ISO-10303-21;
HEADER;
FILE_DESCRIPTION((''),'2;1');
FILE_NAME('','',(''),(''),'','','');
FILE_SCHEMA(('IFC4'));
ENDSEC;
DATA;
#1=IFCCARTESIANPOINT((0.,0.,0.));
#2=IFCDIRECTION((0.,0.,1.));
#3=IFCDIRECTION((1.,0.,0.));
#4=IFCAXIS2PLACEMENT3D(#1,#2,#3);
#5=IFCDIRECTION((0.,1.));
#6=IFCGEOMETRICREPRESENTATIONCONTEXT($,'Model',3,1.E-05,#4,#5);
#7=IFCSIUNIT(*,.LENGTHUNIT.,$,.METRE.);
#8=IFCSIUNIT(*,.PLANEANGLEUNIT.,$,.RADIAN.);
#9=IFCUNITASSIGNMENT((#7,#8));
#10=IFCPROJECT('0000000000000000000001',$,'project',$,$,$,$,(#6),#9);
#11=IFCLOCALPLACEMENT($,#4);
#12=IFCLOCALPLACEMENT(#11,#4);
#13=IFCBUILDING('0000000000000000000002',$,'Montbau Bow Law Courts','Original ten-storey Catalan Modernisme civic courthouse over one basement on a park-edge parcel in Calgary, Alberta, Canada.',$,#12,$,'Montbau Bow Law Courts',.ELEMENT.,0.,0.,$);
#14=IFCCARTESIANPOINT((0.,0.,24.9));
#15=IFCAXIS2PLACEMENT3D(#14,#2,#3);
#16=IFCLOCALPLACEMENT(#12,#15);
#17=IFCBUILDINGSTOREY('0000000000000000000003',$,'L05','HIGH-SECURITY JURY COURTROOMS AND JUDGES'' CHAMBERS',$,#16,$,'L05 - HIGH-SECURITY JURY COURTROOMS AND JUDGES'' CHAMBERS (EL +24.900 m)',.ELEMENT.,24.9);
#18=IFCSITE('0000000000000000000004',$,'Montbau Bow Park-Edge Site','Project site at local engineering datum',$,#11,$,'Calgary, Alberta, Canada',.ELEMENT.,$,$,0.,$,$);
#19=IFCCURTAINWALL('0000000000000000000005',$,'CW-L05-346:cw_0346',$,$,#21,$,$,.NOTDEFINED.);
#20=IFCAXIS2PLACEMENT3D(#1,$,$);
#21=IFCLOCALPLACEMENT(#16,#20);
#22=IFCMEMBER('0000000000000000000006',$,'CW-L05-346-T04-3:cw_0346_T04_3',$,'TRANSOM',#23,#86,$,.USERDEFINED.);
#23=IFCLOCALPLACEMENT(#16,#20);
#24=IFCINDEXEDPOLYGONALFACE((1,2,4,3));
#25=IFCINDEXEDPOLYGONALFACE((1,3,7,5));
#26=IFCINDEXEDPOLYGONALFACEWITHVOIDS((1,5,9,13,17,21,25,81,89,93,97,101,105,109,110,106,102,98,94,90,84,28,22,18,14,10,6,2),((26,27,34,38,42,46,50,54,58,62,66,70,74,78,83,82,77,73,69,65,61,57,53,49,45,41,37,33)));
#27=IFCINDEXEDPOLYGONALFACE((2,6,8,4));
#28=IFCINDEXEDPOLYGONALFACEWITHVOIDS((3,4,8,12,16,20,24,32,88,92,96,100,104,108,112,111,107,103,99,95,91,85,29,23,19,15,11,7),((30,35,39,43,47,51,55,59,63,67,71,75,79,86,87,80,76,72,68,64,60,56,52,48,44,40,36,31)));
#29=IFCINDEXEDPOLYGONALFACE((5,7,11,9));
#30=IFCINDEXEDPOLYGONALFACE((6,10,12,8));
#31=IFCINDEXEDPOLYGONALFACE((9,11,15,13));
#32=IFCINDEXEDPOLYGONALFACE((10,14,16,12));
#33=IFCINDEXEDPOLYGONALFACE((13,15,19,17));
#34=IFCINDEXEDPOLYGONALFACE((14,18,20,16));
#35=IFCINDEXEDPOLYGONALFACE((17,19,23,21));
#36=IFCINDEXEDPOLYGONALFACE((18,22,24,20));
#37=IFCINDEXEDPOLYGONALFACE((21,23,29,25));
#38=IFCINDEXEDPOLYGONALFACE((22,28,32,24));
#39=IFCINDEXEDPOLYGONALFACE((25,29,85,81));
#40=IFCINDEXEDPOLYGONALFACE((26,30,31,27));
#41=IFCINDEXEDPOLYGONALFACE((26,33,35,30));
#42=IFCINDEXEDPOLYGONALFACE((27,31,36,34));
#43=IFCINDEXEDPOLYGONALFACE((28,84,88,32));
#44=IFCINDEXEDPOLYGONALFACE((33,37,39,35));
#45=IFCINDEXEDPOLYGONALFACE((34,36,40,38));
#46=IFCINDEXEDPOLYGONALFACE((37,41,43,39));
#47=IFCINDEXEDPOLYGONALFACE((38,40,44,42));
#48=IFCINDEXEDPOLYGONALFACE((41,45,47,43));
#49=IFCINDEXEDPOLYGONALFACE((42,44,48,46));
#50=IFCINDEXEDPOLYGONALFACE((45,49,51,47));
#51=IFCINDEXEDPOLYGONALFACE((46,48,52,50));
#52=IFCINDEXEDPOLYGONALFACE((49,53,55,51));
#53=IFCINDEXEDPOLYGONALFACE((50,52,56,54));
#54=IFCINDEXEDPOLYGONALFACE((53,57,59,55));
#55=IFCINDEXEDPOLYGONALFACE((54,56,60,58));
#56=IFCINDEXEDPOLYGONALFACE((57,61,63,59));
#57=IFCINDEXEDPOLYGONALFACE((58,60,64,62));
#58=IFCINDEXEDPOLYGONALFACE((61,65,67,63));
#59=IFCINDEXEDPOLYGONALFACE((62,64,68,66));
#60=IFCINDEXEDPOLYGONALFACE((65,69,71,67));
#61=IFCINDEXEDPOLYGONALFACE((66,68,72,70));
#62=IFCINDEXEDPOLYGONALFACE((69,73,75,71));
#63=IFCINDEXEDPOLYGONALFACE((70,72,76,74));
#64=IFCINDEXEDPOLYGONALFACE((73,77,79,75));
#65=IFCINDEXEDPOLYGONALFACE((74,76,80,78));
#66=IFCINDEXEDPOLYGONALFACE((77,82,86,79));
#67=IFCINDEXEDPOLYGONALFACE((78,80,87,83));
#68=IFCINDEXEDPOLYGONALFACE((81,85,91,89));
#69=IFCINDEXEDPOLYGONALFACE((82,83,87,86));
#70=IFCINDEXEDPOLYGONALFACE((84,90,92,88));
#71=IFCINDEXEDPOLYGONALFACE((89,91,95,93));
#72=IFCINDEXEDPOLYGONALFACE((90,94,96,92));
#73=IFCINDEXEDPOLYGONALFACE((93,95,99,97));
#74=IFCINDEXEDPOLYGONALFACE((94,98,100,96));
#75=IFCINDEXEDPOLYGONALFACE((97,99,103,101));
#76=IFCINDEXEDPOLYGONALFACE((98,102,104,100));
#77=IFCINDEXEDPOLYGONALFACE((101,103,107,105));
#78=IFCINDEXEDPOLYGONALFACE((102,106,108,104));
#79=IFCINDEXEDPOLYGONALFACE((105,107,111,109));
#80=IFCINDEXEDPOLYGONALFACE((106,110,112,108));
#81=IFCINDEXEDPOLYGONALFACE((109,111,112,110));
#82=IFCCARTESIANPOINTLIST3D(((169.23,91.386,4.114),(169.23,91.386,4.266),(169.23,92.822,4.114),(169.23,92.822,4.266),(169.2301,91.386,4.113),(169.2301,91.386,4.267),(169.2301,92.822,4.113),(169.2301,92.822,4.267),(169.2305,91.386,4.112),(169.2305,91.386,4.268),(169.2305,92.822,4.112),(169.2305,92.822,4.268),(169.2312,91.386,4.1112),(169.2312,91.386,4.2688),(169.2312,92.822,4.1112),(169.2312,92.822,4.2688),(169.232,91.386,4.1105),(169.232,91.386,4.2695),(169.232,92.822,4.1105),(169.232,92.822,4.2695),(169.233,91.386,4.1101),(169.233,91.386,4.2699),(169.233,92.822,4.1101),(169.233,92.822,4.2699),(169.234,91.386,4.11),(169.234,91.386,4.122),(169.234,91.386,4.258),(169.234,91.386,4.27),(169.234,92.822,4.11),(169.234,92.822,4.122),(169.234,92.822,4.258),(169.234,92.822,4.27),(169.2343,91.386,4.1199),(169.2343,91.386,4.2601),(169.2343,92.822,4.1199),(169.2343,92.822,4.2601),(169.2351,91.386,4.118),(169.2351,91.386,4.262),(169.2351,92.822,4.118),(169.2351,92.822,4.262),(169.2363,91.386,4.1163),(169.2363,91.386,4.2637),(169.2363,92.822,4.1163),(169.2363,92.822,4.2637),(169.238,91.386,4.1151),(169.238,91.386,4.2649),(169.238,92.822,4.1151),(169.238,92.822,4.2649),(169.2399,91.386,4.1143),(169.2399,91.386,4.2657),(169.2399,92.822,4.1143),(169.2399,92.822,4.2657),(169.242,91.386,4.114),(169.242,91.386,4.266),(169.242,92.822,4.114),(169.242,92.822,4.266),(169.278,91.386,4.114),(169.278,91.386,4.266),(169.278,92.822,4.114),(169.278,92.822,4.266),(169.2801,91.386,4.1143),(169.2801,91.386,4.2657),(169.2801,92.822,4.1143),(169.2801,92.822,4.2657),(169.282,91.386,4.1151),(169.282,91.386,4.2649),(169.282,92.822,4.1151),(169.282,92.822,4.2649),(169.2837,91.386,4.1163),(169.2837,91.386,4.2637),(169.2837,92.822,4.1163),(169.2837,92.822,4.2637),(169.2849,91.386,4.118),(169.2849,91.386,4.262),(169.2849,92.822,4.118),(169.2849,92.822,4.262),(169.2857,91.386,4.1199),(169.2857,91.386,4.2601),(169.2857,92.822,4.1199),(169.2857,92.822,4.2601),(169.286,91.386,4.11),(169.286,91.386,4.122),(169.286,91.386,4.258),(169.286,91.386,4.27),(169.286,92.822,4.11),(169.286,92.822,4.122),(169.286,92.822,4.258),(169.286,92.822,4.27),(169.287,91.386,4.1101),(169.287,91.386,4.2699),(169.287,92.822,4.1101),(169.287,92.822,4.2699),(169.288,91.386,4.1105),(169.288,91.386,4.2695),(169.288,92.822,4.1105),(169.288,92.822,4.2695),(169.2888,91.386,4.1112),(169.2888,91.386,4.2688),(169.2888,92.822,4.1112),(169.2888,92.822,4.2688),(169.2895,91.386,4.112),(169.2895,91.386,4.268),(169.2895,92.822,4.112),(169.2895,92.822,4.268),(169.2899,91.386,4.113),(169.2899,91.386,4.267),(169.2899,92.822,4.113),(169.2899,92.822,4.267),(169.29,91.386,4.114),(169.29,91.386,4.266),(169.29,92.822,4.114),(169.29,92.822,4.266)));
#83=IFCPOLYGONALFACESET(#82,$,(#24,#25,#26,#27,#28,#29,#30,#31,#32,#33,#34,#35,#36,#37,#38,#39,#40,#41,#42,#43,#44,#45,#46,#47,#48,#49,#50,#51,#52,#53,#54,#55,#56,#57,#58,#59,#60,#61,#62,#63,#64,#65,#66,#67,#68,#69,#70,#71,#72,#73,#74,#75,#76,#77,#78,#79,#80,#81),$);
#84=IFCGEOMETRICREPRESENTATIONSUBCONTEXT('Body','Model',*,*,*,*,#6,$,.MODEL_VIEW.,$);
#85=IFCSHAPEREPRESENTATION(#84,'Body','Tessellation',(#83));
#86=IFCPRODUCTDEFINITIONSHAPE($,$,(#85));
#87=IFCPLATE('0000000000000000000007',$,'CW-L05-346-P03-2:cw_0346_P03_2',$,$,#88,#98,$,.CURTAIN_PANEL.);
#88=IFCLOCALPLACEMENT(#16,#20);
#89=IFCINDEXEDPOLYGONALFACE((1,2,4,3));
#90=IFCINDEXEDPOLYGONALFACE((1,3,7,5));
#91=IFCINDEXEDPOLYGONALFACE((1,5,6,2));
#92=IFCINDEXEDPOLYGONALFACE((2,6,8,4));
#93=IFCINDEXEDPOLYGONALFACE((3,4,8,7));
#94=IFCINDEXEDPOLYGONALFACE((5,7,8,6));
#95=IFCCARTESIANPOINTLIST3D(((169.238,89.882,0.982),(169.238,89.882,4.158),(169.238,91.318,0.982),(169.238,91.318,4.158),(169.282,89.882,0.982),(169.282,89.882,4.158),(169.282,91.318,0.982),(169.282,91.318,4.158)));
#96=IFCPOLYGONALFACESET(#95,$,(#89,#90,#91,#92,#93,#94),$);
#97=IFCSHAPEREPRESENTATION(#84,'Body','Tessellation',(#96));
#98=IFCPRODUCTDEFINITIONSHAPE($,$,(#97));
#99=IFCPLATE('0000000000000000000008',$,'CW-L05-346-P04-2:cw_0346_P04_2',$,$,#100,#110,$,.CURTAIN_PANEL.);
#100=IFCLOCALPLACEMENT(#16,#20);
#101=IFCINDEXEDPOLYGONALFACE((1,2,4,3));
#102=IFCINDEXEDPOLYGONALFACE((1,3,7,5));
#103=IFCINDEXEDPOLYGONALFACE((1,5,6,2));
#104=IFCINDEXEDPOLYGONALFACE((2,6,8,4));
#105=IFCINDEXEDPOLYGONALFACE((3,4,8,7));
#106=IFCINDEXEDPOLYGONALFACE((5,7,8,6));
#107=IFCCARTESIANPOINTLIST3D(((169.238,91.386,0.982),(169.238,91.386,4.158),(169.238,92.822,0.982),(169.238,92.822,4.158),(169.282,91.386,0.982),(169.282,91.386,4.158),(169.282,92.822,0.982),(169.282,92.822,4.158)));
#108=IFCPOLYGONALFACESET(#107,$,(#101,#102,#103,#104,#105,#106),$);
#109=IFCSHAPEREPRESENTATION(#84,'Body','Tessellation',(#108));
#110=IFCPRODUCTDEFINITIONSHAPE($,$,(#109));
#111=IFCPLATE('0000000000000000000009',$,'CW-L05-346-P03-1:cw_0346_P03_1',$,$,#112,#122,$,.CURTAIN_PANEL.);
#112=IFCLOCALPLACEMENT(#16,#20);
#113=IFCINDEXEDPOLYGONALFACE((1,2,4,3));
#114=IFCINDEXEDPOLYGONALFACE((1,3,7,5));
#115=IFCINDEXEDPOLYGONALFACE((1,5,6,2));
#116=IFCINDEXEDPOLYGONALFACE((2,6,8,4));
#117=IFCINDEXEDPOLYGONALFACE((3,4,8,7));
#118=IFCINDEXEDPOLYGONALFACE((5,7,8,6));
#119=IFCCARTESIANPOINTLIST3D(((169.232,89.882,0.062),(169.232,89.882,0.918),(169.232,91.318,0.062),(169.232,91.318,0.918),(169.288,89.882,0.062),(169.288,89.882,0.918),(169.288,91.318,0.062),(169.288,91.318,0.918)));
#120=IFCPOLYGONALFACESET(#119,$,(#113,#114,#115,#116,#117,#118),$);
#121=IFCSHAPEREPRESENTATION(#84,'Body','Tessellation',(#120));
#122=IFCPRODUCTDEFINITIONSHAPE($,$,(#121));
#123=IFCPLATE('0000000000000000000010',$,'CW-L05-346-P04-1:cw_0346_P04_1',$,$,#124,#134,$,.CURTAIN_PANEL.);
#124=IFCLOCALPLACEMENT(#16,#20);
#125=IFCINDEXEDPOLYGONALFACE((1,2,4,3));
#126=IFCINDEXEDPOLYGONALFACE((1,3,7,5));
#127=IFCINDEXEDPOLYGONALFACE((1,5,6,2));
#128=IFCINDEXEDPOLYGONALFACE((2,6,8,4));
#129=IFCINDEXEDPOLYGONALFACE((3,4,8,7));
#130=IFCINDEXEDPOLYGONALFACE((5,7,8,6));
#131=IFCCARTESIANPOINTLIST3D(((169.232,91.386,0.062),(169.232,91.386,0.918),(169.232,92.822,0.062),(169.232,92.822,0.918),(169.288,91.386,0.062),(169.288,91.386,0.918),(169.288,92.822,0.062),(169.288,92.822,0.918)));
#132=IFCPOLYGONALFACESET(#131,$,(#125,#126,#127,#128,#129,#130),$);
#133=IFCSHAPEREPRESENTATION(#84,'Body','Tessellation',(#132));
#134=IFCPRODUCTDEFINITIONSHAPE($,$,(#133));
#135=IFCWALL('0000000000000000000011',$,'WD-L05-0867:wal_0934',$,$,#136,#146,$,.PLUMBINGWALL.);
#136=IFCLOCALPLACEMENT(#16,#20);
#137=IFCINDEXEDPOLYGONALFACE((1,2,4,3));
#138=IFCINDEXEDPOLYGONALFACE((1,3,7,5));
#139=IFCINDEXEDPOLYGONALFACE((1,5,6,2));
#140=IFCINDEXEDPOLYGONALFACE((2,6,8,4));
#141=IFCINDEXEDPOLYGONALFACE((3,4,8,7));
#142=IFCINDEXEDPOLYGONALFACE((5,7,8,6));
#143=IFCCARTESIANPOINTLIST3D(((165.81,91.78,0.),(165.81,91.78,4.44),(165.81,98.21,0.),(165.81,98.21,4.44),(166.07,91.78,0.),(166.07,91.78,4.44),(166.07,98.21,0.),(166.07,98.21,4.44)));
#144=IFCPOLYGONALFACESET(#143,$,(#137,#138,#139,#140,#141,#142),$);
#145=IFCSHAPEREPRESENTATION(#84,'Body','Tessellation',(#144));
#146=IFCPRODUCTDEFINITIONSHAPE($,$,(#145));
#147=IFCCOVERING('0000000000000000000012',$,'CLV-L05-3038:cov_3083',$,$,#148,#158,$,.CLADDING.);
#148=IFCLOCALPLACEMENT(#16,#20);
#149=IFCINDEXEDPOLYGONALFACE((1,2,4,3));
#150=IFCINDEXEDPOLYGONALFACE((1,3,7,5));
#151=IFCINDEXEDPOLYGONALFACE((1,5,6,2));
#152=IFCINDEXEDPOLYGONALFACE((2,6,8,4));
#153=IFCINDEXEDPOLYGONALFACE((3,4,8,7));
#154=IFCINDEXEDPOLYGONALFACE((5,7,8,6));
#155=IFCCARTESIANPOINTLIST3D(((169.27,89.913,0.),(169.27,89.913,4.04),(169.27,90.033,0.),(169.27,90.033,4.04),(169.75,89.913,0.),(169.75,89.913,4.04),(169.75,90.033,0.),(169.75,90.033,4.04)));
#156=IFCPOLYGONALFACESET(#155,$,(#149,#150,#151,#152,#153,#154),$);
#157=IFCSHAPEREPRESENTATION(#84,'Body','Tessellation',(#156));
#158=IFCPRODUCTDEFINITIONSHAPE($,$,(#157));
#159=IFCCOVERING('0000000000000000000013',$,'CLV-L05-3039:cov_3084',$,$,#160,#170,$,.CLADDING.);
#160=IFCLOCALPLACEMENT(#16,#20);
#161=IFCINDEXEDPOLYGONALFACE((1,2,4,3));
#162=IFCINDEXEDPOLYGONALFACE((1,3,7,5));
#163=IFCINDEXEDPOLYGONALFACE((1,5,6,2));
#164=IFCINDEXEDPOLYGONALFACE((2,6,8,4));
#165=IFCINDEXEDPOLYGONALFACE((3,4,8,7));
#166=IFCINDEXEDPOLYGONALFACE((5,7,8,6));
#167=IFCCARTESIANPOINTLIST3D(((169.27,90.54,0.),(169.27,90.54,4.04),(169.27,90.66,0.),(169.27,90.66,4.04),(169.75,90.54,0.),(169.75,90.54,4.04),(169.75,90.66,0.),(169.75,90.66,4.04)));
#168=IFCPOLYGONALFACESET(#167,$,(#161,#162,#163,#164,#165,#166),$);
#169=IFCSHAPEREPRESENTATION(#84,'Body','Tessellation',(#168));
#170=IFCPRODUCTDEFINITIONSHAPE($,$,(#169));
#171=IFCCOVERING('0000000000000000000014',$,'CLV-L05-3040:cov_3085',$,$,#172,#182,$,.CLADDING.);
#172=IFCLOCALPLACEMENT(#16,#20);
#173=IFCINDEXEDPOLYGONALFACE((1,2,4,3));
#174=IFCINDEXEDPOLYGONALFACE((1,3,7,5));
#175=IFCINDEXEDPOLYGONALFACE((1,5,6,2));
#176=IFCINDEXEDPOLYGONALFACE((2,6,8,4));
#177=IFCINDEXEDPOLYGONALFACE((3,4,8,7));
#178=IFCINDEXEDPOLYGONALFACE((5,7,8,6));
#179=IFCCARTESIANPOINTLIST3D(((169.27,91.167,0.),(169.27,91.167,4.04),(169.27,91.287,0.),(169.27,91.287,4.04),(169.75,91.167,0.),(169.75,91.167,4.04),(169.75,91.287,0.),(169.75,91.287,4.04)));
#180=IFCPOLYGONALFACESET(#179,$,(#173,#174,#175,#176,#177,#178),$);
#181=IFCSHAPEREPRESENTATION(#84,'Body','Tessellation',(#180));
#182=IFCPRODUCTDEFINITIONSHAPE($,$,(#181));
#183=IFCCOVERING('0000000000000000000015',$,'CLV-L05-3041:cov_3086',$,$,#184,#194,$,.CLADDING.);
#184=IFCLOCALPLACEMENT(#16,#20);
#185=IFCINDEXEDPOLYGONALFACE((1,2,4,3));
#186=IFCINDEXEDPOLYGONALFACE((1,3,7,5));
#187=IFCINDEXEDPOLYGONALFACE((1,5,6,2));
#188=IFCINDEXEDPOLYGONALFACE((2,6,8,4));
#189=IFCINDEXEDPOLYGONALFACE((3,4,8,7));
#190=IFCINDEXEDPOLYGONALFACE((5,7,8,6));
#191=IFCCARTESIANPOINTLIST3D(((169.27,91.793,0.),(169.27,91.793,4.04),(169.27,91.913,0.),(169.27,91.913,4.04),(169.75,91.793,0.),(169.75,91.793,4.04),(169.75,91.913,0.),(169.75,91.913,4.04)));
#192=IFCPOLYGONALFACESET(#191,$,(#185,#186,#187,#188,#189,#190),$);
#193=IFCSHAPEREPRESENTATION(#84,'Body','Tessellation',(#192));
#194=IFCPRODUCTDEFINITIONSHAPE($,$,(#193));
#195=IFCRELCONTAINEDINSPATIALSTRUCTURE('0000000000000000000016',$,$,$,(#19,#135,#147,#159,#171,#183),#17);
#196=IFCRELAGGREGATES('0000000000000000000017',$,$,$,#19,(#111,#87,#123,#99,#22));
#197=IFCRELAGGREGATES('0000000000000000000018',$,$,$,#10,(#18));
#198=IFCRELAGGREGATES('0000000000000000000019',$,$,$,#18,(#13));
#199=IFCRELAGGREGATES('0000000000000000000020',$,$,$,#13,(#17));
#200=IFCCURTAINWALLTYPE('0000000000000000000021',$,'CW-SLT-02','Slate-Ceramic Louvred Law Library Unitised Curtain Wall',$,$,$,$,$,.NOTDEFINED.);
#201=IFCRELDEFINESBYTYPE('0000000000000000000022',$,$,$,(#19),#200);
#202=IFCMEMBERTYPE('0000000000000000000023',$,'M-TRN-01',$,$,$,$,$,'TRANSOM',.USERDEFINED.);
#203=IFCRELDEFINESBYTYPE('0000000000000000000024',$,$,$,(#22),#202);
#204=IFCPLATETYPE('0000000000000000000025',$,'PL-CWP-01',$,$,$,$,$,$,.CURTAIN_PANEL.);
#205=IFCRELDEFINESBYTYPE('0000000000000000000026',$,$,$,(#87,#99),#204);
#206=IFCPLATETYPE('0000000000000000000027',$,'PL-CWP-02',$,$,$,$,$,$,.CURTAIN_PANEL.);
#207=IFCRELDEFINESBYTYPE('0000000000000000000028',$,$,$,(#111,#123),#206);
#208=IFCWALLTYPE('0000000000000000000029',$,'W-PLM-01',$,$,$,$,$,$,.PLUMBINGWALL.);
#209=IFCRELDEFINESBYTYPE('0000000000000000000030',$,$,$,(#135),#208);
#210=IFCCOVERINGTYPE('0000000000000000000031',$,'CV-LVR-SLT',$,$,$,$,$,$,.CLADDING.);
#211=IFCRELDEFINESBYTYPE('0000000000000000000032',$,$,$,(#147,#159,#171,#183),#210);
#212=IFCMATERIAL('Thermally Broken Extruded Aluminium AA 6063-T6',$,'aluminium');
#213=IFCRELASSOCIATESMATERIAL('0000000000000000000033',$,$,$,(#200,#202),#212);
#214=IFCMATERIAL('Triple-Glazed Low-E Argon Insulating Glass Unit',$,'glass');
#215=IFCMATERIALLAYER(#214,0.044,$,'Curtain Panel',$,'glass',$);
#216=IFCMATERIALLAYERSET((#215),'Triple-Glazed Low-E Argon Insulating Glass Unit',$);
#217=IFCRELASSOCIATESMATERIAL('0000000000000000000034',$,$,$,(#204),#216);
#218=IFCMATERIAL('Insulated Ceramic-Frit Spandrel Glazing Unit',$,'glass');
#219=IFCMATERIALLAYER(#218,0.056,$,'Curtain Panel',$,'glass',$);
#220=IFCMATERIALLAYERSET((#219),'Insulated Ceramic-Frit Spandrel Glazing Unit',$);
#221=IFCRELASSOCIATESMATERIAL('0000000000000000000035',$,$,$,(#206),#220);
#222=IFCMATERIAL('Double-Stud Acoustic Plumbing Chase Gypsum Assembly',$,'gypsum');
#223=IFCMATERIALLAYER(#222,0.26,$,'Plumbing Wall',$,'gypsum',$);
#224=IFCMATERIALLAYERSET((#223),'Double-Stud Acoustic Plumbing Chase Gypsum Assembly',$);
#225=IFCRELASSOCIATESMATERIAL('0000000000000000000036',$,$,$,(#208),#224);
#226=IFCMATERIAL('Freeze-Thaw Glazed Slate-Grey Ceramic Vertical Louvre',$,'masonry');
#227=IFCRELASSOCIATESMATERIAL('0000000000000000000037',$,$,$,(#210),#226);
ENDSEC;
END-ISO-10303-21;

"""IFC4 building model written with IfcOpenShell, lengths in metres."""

from ifc_helpers import new_model, si_unit, direction, frame, frame_2d, origin_with_axes, origin_2d_with_axis, place, context, subcontext, project, spatial, rectangle, hollow_rectangle, extrude, material, layer, layer_set, material_profile, profile_set, type_object, element, aggregate, save


model = new_model("IFC4")

# Units and contexts
model_context = context("Model", 3, precision=1e-05, world=origin_with_axes(), true_north=direction((0.0, 1.0)))
body_context = subcontext(model_context, "Body", "Model", "MODEL_VIEW")
ifc_project = project(units=[si_unit("LENGTHUNIT", "METRE"), si_unit("PLANEANGLEUNIT", "RADIAN")], contexts=[model_context])

# Site, building, storey
site_placement = place(None, origin_with_axes())
site = spatial("IfcSite", under=ifc_project, at=site_placement, Name="Montbau Bow Park-Edge Site", Description="Project site at local engineering datum", LongName="Calgary, Alberta, Canada", CompositionType="ELEMENT", RefElevation=0.0)
building_placement = place(site_placement, origin_with_axes())
building = spatial("IfcBuilding", under=site, at=building_placement, Name="Montbau Bow Law Courts", Description="Original ten-storey Catalan Modernisme civic courthouse over one basement on a park-edge parcel in Calgary, Alberta, Canada.", LongName="Montbau Bow Law Courts", CompositionType="ELEMENT", ElevationOfRefHeight=0.0, ElevationOfTerrain=0.0)
storey_placement = place(building_placement, frame((0.0, 0.0, 24.9), z_axis=(0.0, 0.0, 1.0), x_axis=(1.0, 0.0, 0.0)))
storey = spatial("IfcBuildingStorey", under=building, at=storey_placement, Name="L05", Description="HIGH-SECURITY JURY COURTROOMS AND JUDGES' CHAMBERS", LongName="L05 - HIGH-SECURITY JURY COURTROOMS AND JUDGES' CHAMBERS (EL +24.900 m)", CompositionType="ELEMENT", Elevation=24.9)

# Curtain wall, member, plates
ifc_material_1 = material(Name="Thermally Broken Extruded Aluminium AA 6063-T6", Category="aluminium")
curtain_wall_type = type_object("IfcCurtainWallType", Name="CW-SLT-02", Description="Slate-Ceramic Louvred Law Library Unitised Curtain Wall", PredefinedType="NOTDEFINED", material=ifc_material_1)
curtain_wall_placement = place(None, frame((169.26, 86.84, 24.9), z_axis=(0.0, 0.0, 1.0), x_axis=(1.0, 0.0, 0.0)))
curtain_wall = element("IfcCurtainWall", 1, at=curtain_wall_placement, inside=storey, type_object=curtain_wall_type, Name="CW-L05-346:cw_0346", PredefinedType="NOTDEFINED")
ifc_material_profile_1 = material_profile(ifc_material_1, hollow_rectangle(XDim=0.06, YDim=0.16, WallThickness=0.004, InnerFilletRadius=0.008, OuterFilletRadius=0.004, at=origin_2d_with_axis()), Name="CWT-160X60", Category="Main", Priority=0)
ifc_profile_set_1 = profile_set([ifc_material_profile_1], Name="Thermally Broken Extruded Aluminium AA 6063-T6")
member_type_1 = type_object("IfcMemberType", Name="M-TRN-01", ElementType="TRANSOM", PredefinedType="USERDEFINED", material=ifc_profile_set_1)
member_1_placement = place(None, frame((169.26, 91.386, 29.09), z_axis=(0.0, 1.0, 0.0), x_axis=(-1.0, 0.0, 0.0)))
member_1 = element("IfcMember", 2, at=member_1_placement, type_object=member_type_1, Name="CW-L05-346-T04-3:cw_0346_T04_3", ObjectType="TRANSOM", PredefinedType="USERDEFINED", context=body_context, shape_type="SweptSolid", body=[
    extrude(hollow_rectangle(XDim=0.06, YDim=0.16, WallThickness=0.004, InnerFilletRadius=0.008, OuterFilletRadius=0.004, at=origin_2d_with_axis()), origin_with_axes(), (0.0, 0.0, 1.0), 1.436),
])
ifc_material_2 = material(Name="Triple-Glazed Low-E Argon Insulating Glass Unit", Category="glass")
ifc_layer_1 = layer(ifc_material_2, 0.044, Name="Curtain Panel", Category="glass")
ifc_layer_set_1 = layer_set([ifc_layer_1], Name="Triple-Glazed Low-E Argon Insulating Glass Unit")
plate_type_1 = type_object("IfcPlateType", Name="PL-CWP-01", PredefinedType="CURTAIN_PANEL", material=ifc_layer_set_1)
plate_1_placement = place(None, frame((169.26, 89.882, 25.882), z_axis=(1.0, 0.0, 0.0), x_axis=(0.0, 1.0, 0.0)))
plate_1 = element("IfcPlate", 3, at=plate_1_placement, type_object=plate_type_1, Name="CW-L05-346-P03-2:cw_0346_P03_2", PredefinedType="CURTAIN_PANEL", context=body_context, shape_type="SweptSolid", body=[
    extrude(rectangle(XDim=1.436, YDim=3.176, at=frame_2d((0.718, 1.588), x_axis=(1.0, 0.0))), frame((0.0, 0.0, -0.022), z_axis=(0.0, 0.0, 1.0), x_axis=(1.0, 0.0, 0.0)), (0.0, 0.0, 1.0), 0.044),
])
plate_2_placement = place(None, frame((169.26, 91.386, 25.882), z_axis=(1.0, 0.0, 0.0), x_axis=(0.0, 1.0, 0.0)))
plate_2 = element("IfcPlate", 4, at=plate_2_placement, type_object=plate_type_1, Name="CW-L05-346-P04-2:cw_0346_P04_2", PredefinedType="CURTAIN_PANEL", context=body_context, shape_type="SweptSolid", body=[
    extrude(rectangle(XDim=1.436, YDim=3.176, at=frame_2d((0.718, 1.588), x_axis=(1.0, 0.0))), frame((0.0, 0.0, -0.022), z_axis=(0.0, 0.0, 1.0), x_axis=(1.0, 0.0, 0.0)), (0.0, 0.0, 1.0), 0.044),
])
ifc_material_3 = material(Name="Insulated Ceramic-Frit Spandrel Glazing Unit", Category="glass")
ifc_layer_2 = layer(ifc_material_3, 0.056, Name="Curtain Panel", Category="glass")
ifc_layer_set_2 = layer_set([ifc_layer_2], Name="Insulated Ceramic-Frit Spandrel Glazing Unit")
plate_type_2 = type_object("IfcPlateType", Name="PL-CWP-02", PredefinedType="CURTAIN_PANEL", material=ifc_layer_set_2)
plate_3_placement = place(None, frame((169.26, 89.882, 24.962), z_axis=(1.0, 0.0, 0.0), x_axis=(0.0, 1.0, 0.0)))
plate_3 = element("IfcPlate", 5, at=plate_3_placement, type_object=plate_type_2, Name="CW-L05-346-P03-1:cw_0346_P03_1", PredefinedType="CURTAIN_PANEL", context=body_context, shape_type="SweptSolid", body=[
    extrude(rectangle(XDim=1.436, YDim=0.856, at=frame_2d((0.718, 0.428), x_axis=(1.0, 0.0))), frame((0.0, 0.0, -0.028), z_axis=(0.0, 0.0, 1.0), x_axis=(1.0, 0.0, 0.0)), (0.0, 0.0, 1.0), 0.056),
])
plate_4_placement = place(None, frame((169.26, 91.386, 24.962), z_axis=(1.0, 0.0, 0.0), x_axis=(0.0, 1.0, 0.0)))
plate_4 = element("IfcPlate", 6, at=plate_4_placement, type_object=plate_type_2, Name="CW-L05-346-P04-1:cw_0346_P04_1", PredefinedType="CURTAIN_PANEL", context=body_context, shape_type="SweptSolid", body=[
    extrude(rectangle(XDim=1.436, YDim=0.856, at=frame_2d((0.718, 0.428), x_axis=(1.0, 0.0))), frame((0.0, 0.0, -0.028), z_axis=(0.0, 0.0, 1.0), x_axis=(1.0, 0.0, 0.0)), (0.0, 0.0, 1.0), 0.056),
])
aggregate(curtain_wall, [plate_3, plate_1, plate_4, plate_2, member_1])

# Wall
ifc_material_4 = material(Name="Double-Stud Acoustic Plumbing Chase Gypsum Assembly", Category="gypsum")
ifc_layer_3 = layer(ifc_material_4, 0.26, Name="Plumbing Wall", Category="gypsum")
ifc_layer_set_3 = layer_set([ifc_layer_3], Name="Double-Stud Acoustic Plumbing Chase Gypsum Assembly")
wall_type = type_object("IfcWallType", Name="W-PLM-01", PredefinedType="PLUMBINGWALL", material=ifc_layer_set_3)
wall_placement = place(None, frame((165.94, 91.78, 24.9), z_axis=(0.0, 0.0, 1.0), x_axis=(0.0, 1.0, 0.0)))
element("IfcWall", 7, at=wall_placement, inside=storey, type_object=wall_type, Name="WD-L05-0867:wal_0934", PredefinedType="PLUMBINGWALL", context=body_context, shape_type="SweptSolid", body=[
    extrude(rectangle(XDim=6.43, YDim=0.26, at=frame_2d((3.215, 0.0), x_axis=(1.0, 0.0))), origin_with_axes(), (0.0, 0.0, 1.0), 4.44),
])

# Coverings
ifc_material_5 = material(Name="Freeze-Thaw Glazed Slate-Grey Ceramic Vertical Louvre", Category="masonry")
covering_type = type_object("IfcCoveringType", Name="CV-LVR-SLT", PredefinedType="CLADDING", material=ifc_material_5)
for number, where, z_axis, x_axis, name in (
    (8, (169.27, 89.973, 24.9), (0.0, -1.0, 0.0), (1.0, 0.0, 0.0), "CLV-L05-3038:cov_3083"),
    (9, (169.27, 90.6, 24.9), (0.0, -1.0, 0.0), (1.0, 0.0, 0.0), "CLV-L05-3039:cov_3084"),
    (10, (169.27, 91.227, 24.9), (0.0, -1.0, 0.0), (1.0, 0.0, 0.0), "CLV-L05-3040:cov_3085"),
    (11, (169.27, 91.853, 24.9), (0.0, -1.0, 0.0), (1.0, 0.0, 0.0), "CLV-L05-3041:cov_3086"),
):
    element("IfcCovering", number, at=place(None, frame(where, z_axis=z_axis, x_axis=x_axis)), inside=storey, type_object=covering_type, Name=name, PredefinedType="CLADDING", context=body_context, shape_type="SweptSolid", body=[
        extrude(rectangle(XDim=0.48, YDim=4.04, at=frame_2d((0.24, 2.02), x_axis=(1.0, 0.0))), frame((0.0, 0.0, -0.06), z_axis=(0.0, 0.0, 1.0), x_axis=(1.0, 0.0, 0.0)), (0.0, 0.0, 1.0), 0.12),
    ])

save(model, "model.ifc")
